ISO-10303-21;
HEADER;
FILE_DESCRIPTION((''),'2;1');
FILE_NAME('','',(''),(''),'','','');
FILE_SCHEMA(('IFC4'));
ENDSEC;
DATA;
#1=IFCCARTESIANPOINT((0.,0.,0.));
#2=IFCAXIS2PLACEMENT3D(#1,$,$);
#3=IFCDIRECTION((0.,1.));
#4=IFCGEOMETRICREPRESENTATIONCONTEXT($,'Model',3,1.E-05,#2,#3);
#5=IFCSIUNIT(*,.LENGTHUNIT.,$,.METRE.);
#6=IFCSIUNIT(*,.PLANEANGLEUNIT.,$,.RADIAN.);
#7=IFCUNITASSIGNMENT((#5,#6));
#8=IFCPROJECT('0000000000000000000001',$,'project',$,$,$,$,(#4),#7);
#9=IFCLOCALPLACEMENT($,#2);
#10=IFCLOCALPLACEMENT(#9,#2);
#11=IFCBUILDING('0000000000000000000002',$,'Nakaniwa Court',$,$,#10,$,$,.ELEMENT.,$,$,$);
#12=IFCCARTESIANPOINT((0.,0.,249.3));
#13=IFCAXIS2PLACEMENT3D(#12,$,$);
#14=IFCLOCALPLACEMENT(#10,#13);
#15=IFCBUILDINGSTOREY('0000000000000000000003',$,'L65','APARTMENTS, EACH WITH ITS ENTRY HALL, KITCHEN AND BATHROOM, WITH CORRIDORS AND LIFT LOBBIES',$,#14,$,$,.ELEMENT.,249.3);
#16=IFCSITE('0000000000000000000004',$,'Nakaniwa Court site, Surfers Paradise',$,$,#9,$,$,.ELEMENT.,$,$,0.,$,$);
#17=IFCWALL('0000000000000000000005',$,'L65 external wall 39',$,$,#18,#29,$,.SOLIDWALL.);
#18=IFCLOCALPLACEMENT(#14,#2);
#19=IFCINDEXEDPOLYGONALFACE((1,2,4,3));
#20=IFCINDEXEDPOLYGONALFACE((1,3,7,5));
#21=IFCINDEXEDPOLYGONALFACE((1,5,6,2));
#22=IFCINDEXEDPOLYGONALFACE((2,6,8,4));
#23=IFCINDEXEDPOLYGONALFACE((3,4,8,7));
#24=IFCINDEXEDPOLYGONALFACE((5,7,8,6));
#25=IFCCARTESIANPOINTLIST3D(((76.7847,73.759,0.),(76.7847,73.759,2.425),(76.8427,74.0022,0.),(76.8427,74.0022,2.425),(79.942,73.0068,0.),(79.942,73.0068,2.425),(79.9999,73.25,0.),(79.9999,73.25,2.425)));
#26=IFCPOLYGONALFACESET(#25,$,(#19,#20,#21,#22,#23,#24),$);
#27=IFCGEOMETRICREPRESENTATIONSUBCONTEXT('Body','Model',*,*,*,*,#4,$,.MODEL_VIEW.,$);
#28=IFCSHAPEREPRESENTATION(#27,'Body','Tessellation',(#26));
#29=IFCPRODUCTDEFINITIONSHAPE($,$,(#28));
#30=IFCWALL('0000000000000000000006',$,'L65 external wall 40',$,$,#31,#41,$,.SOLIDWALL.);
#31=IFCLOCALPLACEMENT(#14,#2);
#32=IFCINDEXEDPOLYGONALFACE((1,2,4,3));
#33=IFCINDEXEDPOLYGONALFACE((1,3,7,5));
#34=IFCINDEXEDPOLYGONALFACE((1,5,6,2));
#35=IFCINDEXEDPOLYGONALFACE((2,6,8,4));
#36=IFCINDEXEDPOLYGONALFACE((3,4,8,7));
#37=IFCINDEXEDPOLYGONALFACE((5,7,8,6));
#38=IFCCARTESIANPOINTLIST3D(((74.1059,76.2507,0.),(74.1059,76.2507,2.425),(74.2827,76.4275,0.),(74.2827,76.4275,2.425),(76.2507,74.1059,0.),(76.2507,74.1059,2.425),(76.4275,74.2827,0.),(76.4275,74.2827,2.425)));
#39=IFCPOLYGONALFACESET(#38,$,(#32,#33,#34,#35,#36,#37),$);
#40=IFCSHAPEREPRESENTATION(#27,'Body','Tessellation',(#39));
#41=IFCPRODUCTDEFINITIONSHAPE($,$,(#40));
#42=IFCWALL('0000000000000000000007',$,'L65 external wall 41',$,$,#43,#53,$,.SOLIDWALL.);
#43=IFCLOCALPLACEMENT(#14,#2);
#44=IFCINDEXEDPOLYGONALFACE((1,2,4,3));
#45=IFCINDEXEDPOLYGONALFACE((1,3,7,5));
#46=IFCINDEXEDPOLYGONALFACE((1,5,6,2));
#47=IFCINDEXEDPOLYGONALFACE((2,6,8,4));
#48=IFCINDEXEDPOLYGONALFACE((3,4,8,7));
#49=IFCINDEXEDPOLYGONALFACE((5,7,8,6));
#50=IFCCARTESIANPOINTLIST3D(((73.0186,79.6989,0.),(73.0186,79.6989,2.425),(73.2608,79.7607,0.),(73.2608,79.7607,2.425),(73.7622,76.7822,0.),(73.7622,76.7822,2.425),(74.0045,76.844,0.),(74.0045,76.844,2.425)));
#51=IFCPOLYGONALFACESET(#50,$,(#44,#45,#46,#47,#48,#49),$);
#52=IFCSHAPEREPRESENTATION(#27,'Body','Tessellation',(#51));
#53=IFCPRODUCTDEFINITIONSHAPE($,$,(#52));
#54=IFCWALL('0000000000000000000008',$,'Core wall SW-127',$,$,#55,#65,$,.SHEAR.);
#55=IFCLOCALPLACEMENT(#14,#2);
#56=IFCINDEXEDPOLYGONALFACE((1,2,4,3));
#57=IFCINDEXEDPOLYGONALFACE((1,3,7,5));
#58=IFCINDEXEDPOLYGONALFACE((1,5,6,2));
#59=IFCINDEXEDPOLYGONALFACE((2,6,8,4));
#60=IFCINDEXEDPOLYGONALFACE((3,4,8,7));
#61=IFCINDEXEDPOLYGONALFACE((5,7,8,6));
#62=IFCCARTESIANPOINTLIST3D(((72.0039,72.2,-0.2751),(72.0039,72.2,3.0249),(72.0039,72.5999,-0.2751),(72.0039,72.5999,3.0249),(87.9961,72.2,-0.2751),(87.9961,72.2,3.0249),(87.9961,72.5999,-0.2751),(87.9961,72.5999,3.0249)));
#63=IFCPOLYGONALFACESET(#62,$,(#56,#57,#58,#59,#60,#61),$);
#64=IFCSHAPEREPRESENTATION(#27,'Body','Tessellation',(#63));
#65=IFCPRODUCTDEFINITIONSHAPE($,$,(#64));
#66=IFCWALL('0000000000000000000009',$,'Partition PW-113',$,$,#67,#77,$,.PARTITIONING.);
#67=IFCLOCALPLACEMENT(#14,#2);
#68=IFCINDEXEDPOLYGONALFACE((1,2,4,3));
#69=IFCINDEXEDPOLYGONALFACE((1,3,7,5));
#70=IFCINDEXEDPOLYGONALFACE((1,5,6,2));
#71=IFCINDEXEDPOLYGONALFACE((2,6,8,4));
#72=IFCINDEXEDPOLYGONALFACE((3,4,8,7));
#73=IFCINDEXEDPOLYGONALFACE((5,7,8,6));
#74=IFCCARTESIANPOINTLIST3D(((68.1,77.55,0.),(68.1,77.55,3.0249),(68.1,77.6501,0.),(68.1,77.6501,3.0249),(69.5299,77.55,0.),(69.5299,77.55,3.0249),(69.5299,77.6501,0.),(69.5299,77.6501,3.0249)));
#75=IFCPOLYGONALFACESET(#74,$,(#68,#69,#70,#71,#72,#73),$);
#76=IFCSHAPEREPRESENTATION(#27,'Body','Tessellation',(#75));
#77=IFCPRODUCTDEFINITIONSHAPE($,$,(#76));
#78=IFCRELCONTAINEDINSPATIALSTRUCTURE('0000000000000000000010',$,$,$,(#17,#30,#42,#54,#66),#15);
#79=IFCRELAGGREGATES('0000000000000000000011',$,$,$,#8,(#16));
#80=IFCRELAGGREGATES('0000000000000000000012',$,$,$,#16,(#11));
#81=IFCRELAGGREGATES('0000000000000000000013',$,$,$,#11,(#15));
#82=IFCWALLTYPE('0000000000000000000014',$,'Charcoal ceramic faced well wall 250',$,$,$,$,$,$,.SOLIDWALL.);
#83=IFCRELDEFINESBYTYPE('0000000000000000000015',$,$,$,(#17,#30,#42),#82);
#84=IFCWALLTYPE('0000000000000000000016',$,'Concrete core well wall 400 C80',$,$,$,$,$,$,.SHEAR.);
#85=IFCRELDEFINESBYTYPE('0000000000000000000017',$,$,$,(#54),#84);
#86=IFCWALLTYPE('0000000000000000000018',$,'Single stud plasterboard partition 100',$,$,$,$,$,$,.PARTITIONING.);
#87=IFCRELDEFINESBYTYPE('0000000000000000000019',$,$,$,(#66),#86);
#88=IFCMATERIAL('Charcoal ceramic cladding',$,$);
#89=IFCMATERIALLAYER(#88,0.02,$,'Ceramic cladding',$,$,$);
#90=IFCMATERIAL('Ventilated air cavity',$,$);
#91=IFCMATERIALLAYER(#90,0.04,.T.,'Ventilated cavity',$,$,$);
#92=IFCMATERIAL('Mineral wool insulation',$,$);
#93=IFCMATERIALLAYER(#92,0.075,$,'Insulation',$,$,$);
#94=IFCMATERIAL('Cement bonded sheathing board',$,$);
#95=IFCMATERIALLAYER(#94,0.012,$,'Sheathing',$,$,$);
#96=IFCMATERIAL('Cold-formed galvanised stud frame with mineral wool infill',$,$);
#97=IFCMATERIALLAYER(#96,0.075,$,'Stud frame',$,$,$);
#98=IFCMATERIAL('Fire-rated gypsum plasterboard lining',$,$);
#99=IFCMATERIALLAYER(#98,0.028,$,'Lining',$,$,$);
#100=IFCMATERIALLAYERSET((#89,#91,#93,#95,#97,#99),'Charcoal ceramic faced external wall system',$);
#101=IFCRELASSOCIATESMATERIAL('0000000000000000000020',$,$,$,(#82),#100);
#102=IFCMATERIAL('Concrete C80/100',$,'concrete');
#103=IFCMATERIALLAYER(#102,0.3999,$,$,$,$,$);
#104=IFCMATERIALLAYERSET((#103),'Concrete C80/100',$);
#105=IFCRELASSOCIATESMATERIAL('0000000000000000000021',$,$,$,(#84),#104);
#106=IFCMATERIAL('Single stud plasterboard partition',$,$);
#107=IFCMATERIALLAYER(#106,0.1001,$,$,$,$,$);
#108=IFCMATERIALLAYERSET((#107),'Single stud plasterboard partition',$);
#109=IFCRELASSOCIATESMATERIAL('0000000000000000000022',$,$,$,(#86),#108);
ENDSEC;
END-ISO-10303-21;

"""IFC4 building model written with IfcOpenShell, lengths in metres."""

from ifc_helpers import new_model, si_unit, direction, frame, frame_2d, origin, place, context, subcontext, project, spatial, rectangle, extrude, material, layer, layer_set, type_object, element, save


model = new_model("IFC4")

# Units and contexts
model_context = context("Model", 3, precision=1e-05, world=origin(), true_north=direction((0.0, 1.0)))
body_context = subcontext(model_context, "Body", "Model", "MODEL_VIEW")
ifc_project = project(units=[si_unit("LENGTHUNIT", "METRE"), si_unit("PLANEANGLEUNIT", "RADIAN")], contexts=[model_context])

# Site, building, storey
site_placement = place(None, origin())
site = spatial("IfcSite", under=ifc_project, at=site_placement, Name="Nakaniwa Court site, Surfers Paradise", CompositionType="ELEMENT", RefElevation=0.0)
building_placement = place(site_placement, origin())
building = spatial("IfcBuilding", under=site, at=building_placement, Name="Nakaniwa Court", CompositionType="ELEMENT")
storey_placement = place(building_placement, frame((0.0, 0.0, 249.3)))
storey = spatial("IfcBuildingStorey", under=building, at=storey_placement, Name="L65", Description="APARTMENTS, EACH WITH ITS ENTRY HALL, KITCHEN AND BATHROOM, WITH CORRIDORS AND LIFT LOBBIES", CompositionType="ELEMENT", Elevation=249.3)

# Shared definitions
ifc_material_1 = material(Name="Concrete C80/100", Category="concrete")

# Walls
ifc_material_2 = material(Name="Charcoal ceramic cladding")
ifc_layer_1 = layer(ifc_material_2, 0.02, Name="Ceramic cladding")
ifc_material_3 = material(Name="Ventilated air cavity")
ifc_layer_2 = layer(ifc_material_3, 0.04, ventilated=True, Name="Ventilated cavity")
ifc_material_4 = material(Name="Mineral wool insulation")
ifc_layer_3 = layer(ifc_material_4, 0.075, Name="Insulation")
ifc_material_5 = material(Name="Cement bonded sheathing board")
ifc_layer_4 = layer(ifc_material_5, 0.012, Name="Sheathing")
ifc_material_6 = material(Name="Cold-formed galvanised stud frame with mineral wool infill")
ifc_layer_5 = layer(ifc_material_6, 0.075, Name="Stud frame")
ifc_material_7 = material(Name="Fire-rated gypsum plasterboard lining")
ifc_layer_6 = layer(ifc_material_7, 0.028, Name="Lining")
ifc_layer_set_1 = layer_set([ifc_layer_1, ifc_layer_2, ifc_layer_3, ifc_layer_4, ifc_layer_5, ifc_layer_6], Name="Charcoal ceramic faced external wall system")
wall_type_1 = type_object("IfcWallType", Name="Charcoal ceramic faced well wall 250", PredefinedType="SOLIDWALL", material=ifc_layer_set_1)
wall_1_placement = place(storey_placement, frame((79.9709, 73.1284, 0.0), z_axis=(0.0, 0.0, 1.0), x_axis=(-0.972773, 0.23176, 0.0)))
element("IfcWall", 1, at=wall_1_placement, inside=storey, type_object=wall_type_1, Name="L65 external wall 39", PredefinedType="SOLIDWALL", context=body_context, shape_type="SweptSolid", body=[
    extrude(rectangle(XDim=3.2456, YDim=0.25, at=frame_2d((1.6228, 0.0))), origin(), (0.0, 0.0, 1.0), 2.425),
])
wall_2_placement = place(storey_placement, frame((76.3391, 74.1943, 0.0), z_axis=(0.0, 0.0, 1.0), x_axis=(-0.707107, 0.707107, 0.0)))
element("IfcWall", 2, at=wall_2_placement, inside=storey, type_object=wall_type_1, Name="L65 external wall 40", PredefinedType="SOLIDWALL", context=body_context, shape_type="SweptSolid", body=[
    extrude(rectangle(XDim=3.0332, YDim=0.25, at=frame_2d((1.5166, 0.0))), origin(), (0.0, 0.0, 1.0), 2.425),
])
wall_3_placement = place(storey_placement, frame((73.8833, 76.8132, 0.0), z_axis=(0.0, 0.0, 1.0), x_axis=(-0.247056, 0.969001, 0.0)))
element("IfcWall", 3, at=wall_3_placement, inside=storey, type_object=wall_type_1, Name="L65 external wall 41", PredefinedType="SOLIDWALL", context=body_context, shape_type="SweptSolid", body=[
    extrude(rectangle(XDim=3.01, YDim=0.25, at=frame_2d((1.5049, 0.0))), origin(), (0.0, 0.0, 1.0), 2.425),
])
ifc_layer_7 = layer(ifc_material_1, 0.3999)
ifc_layer_set_2 = layer_set([ifc_layer_7], Name="Concrete C80/100")
wall_type_2 = type_object("IfcWallType", Name="Concrete core well wall 400 C80", PredefinedType="SHEAR", material=ifc_layer_set_2)
wall_4_placement = place(storey_placement, frame((72.0039, 72.3999, -0.2751), z_axis=(0.0, 0.0, 1.0), x_axis=(1.0, 0.0, 0.0)))
element("IfcWall", 4, at=wall_4_placement, inside=storey, type_object=wall_type_2, Name="Core wall SW-127", PredefinedType="SHEAR", context=body_context, shape_type="SweptSolid", body=[
    extrude(rectangle(XDim=15.9922, YDim=0.3999, at=frame_2d((7.9961, 0.0))), origin(), (0.0, 0.0, 1.0), 3.3),
])
ifc_material_8 = material(Name="Single stud plasterboard partition")
ifc_layer_8 = layer(ifc_material_8, 0.1001)
ifc_layer_set_3 = layer_set([ifc_layer_8], Name="Single stud plasterboard partition")
wall_type_3 = type_object("IfcWallType", Name="Single stud plasterboard partition 100", PredefinedType="PARTITIONING", material=ifc_layer_set_3)
wall_5_placement = place(storey_placement, frame((68.1001, 77.6001, 0.0), z_axis=(0.0, 0.0, 1.0), x_axis=(1.0, 0.0, 0.0)))
element("IfcWall", 5, at=wall_5_placement, inside=storey, type_object=wall_type_3, Name="Partition PW-113", PredefinedType="PARTITIONING", context=body_context, shape_type="SweptSolid", body=[
    extrude(rectangle(XDim=1.4299, YDim=0.1001, at=frame_2d((0.7148, 0.0))), origin(), (0.0, 0.0, 1.0), 3.0249),
])

save(model, "model.ifc")
